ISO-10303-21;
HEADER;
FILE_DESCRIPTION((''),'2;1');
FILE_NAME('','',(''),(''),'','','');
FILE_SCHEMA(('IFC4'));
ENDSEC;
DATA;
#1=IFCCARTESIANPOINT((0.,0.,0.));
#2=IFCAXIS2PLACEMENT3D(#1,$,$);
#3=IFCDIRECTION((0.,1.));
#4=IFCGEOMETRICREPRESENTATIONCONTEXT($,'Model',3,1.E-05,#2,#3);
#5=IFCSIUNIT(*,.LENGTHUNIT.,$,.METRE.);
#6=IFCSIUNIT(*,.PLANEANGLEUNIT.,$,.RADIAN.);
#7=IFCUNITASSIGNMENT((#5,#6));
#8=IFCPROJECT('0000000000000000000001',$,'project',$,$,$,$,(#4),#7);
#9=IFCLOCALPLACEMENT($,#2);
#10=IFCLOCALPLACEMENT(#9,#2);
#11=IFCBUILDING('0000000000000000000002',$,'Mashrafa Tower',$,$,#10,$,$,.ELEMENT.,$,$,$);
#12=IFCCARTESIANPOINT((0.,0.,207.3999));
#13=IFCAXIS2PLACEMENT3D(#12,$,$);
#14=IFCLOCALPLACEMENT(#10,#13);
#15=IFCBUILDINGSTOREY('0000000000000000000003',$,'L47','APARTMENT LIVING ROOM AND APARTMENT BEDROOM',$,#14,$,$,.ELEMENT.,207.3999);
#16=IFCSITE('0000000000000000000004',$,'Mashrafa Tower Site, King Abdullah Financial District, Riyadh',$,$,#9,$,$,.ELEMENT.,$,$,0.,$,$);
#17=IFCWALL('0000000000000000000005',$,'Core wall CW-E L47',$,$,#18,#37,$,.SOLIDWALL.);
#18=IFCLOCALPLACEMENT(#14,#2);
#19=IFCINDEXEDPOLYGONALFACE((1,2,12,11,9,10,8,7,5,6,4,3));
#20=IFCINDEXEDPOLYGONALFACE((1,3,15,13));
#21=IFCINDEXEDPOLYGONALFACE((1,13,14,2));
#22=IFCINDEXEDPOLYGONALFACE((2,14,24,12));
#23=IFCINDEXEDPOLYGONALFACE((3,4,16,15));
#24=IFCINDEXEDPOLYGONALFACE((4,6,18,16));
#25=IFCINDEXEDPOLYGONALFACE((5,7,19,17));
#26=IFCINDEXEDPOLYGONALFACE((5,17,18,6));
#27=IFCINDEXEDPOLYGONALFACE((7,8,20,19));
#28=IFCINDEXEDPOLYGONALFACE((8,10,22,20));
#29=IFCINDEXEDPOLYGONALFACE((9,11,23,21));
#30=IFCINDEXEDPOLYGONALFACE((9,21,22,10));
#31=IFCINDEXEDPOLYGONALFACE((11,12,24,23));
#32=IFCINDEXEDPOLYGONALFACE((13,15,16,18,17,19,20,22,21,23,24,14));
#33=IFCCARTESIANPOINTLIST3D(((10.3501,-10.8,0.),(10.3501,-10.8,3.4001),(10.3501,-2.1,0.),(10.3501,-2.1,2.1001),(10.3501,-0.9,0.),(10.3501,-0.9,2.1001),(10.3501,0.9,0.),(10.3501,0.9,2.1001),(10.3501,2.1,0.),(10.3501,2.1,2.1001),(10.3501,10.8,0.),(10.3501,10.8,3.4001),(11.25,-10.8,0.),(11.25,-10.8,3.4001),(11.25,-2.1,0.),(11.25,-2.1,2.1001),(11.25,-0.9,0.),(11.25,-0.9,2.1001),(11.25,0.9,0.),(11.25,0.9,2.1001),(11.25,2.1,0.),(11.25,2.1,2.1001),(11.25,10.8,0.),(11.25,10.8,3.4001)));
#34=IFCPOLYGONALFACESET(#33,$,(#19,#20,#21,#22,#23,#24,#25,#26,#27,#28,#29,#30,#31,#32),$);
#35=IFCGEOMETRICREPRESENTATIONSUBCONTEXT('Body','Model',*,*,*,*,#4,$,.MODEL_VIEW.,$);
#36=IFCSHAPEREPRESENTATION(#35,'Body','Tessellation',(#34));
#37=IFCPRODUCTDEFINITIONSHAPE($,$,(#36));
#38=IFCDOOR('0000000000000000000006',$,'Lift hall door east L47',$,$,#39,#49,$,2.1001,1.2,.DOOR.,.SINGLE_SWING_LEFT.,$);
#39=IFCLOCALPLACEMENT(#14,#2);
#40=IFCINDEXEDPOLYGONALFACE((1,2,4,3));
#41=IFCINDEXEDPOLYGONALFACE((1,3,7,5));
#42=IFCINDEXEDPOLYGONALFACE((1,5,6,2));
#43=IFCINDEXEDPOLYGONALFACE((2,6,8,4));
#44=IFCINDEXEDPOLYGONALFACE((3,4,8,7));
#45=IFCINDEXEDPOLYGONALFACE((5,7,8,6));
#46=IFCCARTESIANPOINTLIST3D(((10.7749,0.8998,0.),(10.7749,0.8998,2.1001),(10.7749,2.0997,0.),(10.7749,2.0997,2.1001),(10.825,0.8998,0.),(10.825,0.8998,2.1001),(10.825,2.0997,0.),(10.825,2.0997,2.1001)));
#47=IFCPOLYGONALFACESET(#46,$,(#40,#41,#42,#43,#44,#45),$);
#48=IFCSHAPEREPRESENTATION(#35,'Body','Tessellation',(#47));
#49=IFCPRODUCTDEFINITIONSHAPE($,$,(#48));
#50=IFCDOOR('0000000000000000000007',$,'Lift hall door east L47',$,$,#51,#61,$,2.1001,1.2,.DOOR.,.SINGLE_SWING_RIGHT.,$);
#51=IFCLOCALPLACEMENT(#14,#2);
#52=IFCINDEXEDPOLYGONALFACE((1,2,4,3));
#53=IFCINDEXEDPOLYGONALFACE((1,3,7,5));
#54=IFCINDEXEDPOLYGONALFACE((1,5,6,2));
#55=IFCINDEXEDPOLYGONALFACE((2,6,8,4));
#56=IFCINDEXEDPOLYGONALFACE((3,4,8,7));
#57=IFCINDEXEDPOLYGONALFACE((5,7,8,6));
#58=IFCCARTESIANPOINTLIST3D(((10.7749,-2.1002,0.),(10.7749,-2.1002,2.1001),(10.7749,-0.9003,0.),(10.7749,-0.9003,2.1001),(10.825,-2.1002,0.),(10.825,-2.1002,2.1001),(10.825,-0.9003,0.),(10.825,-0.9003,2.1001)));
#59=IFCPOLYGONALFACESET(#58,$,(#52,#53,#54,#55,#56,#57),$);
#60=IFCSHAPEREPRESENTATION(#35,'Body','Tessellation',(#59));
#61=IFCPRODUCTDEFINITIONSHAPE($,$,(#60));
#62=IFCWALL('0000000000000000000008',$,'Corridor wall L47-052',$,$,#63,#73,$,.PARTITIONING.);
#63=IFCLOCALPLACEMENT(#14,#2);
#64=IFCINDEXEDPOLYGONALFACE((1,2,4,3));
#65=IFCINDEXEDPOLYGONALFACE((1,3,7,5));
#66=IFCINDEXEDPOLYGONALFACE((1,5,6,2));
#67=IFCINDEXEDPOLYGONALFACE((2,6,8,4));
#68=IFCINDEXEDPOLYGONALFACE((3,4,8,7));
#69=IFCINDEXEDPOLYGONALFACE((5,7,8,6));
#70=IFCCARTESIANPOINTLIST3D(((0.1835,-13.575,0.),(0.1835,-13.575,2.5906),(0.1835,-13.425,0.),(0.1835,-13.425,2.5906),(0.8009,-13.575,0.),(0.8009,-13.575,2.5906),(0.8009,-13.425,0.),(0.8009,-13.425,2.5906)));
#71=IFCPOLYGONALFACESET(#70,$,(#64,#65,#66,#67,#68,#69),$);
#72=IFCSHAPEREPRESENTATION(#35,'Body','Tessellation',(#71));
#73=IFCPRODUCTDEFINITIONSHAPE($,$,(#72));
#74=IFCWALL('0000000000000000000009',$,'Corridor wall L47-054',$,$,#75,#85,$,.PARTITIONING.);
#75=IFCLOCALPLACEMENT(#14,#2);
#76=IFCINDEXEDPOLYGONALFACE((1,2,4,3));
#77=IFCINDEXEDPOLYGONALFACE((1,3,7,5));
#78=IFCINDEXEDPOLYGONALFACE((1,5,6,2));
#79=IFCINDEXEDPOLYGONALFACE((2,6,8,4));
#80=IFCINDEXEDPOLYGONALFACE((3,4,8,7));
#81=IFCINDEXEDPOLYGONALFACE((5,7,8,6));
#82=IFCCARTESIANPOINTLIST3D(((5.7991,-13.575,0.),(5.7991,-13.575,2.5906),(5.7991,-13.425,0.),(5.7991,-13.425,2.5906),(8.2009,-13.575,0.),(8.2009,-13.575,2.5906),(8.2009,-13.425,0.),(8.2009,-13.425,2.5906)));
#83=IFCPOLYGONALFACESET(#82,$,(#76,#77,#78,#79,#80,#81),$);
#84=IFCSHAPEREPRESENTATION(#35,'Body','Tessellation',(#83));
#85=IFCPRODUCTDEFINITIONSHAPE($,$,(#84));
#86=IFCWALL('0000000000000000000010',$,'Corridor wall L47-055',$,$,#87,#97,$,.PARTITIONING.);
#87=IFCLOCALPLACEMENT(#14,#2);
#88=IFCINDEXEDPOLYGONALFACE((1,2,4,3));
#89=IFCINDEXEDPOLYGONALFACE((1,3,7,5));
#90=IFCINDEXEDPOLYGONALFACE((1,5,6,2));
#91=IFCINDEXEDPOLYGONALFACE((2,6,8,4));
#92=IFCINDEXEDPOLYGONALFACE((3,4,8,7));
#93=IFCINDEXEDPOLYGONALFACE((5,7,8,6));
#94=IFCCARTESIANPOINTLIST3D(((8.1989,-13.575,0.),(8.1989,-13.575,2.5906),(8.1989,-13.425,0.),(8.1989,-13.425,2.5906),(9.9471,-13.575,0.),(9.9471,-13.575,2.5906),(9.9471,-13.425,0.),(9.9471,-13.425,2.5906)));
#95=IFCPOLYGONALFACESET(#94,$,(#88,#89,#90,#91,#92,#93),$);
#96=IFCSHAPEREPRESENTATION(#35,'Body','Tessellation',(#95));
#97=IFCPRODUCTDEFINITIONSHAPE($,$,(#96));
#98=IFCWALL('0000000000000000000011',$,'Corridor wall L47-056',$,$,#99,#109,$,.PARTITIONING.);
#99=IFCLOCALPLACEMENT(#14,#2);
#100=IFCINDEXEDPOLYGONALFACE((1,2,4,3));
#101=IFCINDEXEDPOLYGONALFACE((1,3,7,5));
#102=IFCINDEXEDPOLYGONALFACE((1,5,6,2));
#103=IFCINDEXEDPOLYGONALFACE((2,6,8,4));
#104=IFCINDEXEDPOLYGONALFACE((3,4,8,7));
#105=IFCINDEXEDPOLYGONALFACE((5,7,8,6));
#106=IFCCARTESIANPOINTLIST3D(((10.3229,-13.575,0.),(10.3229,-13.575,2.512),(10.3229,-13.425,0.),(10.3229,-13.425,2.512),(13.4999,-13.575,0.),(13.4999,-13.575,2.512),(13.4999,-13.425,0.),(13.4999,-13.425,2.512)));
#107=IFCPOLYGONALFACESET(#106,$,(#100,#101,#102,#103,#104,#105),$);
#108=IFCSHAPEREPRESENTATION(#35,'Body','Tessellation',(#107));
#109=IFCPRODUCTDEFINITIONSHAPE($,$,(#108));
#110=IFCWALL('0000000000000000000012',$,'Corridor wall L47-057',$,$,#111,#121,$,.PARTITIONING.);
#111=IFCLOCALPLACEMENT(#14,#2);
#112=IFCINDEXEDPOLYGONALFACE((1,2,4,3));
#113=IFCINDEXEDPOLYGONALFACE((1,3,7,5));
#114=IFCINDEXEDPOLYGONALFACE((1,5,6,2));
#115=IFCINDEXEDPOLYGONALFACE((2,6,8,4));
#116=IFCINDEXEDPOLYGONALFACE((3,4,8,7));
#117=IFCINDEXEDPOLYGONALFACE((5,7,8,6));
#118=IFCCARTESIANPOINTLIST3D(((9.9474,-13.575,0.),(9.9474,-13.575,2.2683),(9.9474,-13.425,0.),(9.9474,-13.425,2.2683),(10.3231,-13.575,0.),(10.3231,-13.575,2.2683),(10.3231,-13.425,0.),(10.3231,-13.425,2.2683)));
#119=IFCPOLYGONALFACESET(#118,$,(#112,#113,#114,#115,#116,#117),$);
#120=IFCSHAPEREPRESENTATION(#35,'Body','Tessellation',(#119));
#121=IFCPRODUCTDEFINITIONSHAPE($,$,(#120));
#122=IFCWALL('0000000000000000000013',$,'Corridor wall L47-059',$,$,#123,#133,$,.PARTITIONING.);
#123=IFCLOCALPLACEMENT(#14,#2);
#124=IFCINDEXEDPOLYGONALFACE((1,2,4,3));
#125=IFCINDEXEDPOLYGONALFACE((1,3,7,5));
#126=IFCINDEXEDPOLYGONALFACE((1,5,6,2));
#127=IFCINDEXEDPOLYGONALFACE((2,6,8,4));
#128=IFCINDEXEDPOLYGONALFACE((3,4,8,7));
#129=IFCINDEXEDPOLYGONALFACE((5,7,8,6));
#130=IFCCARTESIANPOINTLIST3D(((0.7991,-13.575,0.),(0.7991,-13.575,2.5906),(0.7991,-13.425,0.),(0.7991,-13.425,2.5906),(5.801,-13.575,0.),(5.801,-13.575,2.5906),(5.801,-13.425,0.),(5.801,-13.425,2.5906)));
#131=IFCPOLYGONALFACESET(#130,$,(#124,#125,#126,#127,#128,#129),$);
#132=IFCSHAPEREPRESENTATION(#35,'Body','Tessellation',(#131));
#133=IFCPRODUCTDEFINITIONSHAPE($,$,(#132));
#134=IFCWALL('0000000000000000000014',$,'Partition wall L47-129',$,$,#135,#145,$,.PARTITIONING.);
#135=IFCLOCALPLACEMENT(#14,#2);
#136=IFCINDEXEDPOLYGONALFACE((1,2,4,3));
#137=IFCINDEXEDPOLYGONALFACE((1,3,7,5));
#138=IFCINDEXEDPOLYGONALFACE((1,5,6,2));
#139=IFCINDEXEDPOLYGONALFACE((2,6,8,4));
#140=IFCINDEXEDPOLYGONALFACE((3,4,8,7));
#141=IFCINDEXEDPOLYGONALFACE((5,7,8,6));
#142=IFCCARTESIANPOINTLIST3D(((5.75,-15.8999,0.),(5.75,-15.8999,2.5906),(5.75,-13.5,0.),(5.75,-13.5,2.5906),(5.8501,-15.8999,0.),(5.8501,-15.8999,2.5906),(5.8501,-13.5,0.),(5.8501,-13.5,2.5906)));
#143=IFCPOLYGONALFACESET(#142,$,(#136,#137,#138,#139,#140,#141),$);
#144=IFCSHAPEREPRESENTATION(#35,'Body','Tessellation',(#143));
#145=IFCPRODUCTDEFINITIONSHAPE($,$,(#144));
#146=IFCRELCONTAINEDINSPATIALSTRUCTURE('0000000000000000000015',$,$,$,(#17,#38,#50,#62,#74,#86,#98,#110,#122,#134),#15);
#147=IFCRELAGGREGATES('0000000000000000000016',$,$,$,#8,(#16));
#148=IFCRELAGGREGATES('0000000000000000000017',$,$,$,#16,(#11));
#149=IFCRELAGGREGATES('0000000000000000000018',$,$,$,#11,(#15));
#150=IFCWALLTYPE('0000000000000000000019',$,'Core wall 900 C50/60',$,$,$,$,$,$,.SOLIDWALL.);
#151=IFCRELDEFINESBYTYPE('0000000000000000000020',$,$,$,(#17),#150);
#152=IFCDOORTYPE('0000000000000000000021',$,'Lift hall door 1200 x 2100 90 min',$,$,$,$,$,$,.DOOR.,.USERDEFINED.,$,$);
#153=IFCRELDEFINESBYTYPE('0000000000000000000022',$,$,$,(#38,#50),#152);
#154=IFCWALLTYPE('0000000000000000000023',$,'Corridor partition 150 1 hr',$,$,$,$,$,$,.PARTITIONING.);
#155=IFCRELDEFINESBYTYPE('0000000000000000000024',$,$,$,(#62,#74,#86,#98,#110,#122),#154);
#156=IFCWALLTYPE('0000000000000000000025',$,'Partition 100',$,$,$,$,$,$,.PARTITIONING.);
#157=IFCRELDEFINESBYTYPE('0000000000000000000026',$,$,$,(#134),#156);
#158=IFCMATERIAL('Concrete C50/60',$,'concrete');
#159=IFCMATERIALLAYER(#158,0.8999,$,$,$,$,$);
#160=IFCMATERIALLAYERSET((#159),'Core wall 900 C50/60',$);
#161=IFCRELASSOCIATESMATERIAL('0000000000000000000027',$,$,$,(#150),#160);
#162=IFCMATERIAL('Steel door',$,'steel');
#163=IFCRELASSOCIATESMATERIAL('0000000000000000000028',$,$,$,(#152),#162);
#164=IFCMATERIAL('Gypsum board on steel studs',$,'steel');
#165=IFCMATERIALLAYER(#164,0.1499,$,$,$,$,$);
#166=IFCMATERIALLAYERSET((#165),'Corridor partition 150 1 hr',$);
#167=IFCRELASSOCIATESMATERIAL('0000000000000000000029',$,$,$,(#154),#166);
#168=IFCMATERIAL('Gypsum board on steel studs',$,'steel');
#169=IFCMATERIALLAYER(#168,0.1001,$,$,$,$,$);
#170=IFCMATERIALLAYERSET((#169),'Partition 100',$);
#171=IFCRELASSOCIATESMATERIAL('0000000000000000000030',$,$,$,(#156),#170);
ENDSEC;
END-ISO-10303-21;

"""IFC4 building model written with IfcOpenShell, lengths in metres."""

from ifc_helpers import new_model, si_unit, direction, frame, frame_2d, origin, place, context, subcontext, project, spatial, rectangle, extrude, material, layer, layer_set, type_object, element, fill, save


model = new_model("IFC4")

# Units and contexts
model_context = context("Model", 3, precision=1e-05, world=origin(), true_north=direction((0.0, 1.0)))
body_context = subcontext(model_context, "Body", "Model", "MODEL_VIEW")
ifc_project = project(units=[si_unit("LENGTHUNIT", "METRE"), si_unit("PLANEANGLEUNIT", "RADIAN")], contexts=[model_context])

# Site, building, storey
site_placement = place(None, origin())
site = spatial("IfcSite", under=ifc_project, at=site_placement, Name="Mashrafa Tower Site, King Abdullah Financial District, Riyadh", CompositionType="ELEMENT", RefElevation=0.0)
building_placement = place(site_placement, origin())
building = spatial("IfcBuilding", under=site, at=building_placement, Name="Mashrafa Tower", CompositionType="ELEMENT")
storey_placement = place(building_placement, frame((0.0, 0.0, 207.3999)))
storey = spatial("IfcBuildingStorey", under=building, at=storey_placement, Name="L47", Description="APARTMENT LIVING ROOM AND APARTMENT BEDROOM", CompositionType="ELEMENT", Elevation=207.3999)

# Wall, openings, doors
ifc_material_1 = material(Name="Concrete C50/60", Category="concrete")
ifc_layer_1 = layer(ifc_material_1, 0.8999)
ifc_layer_set_1 = layer_set([ifc_layer_1], Name="Core wall 900 C50/60")
wall_type_1 = type_object("IfcWallType", Name="Core wall 900 C50/60", PredefinedType="SOLIDWALL", material=ifc_layer_set_1)
wall_1_placement = place(storey_placement, frame((10.8, -10.8, 0.0), z_axis=(0.0, 0.0, 1.0), x_axis=(0.0, 1.0, 0.0)))
wall_1 = element("IfcWall", 1, at=wall_1_placement, inside=storey, type_object=wall_type_1, Name="Core wall CW-E L47", PredefinedType="SOLIDWALL", context=body_context, shape_type="SweptSolid", body=[
    extrude(rectangle(XDim=21.6001, YDim=0.8999, at=frame_2d((10.8, 0.0))), origin(), (0.0, 0.0, 1.0), 3.4001),
])
opening_1_placement = place(wall_1_placement, frame((11.7, 0.0, 0.0)))
opening_1 = element("IfcOpeningElement", 2, at=opening_1_placement, cuts=wall_1, PredefinedType="OPENING", context=body_context, shape_type="SweptSolid", body=[
    extrude(rectangle(XDim=1.2, YDim=2.1001, at=frame_2d((0.6001, 1.05))), frame((0.0, 0.46, 0.0), z_axis=(0.0, -1.0, 0.0), x_axis=(1.0, 0.0, 0.0)), (0.0, 0.0, 1.0), 0.9199),
])
opening_2_placement = place(wall_1_placement, frame((8.7, 0.0, 0.0)))
opening_2 = element("IfcOpeningElement", 3, at=opening_2_placement, cuts=wall_1, PredefinedType="OPENING", context=body_context, shape_type="SweptSolid", body=[
    extrude(rectangle(XDim=1.2, YDim=2.1001, at=frame_2d((0.6001, 1.05))), frame((0.0, 0.46, 0.0), z_axis=(0.0, -1.0, 0.0), x_axis=(1.0, 0.0, 0.0)), (0.0, 0.0, 1.0), 0.9199),
])
ifc_material_2 = material(Name="Steel door", Category="steel")
door_type_1 = type_object("IfcDoorType", Name="Lift hall door 1200 x 2100 90 min", OperationType="USERDEFINED", PredefinedType="DOOR", material=ifc_material_2)
door_1_placement = place(opening_1_placement, frame((1.2, 0.0, 0.0), z_axis=(0.0, 0.0, 1.0), x_axis=(-1.0, 0.0, 0.0)))
door_1 = element("IfcDoor", 4, at=door_1_placement, inside=storey, type_object=door_type_1, Name="Lift hall door east L47", OperationType="SINGLE_SWING_LEFT", OverallHeight=2.1001, OverallWidth=1.2, PredefinedType="DOOR", context=body_context, shape_type="SweptSolid", body=[
    extrude(rectangle(XDim=1.2, YDim=2.1001, at=frame_2d((0.6001, 1.05))), frame((0.0, 0.0249, 0.0), z_axis=(0.0, -1.0, 0.0), x_axis=(1.0, 0.0, 0.0)), (0.0, 0.0, 1.0), 0.05),
])
fill(opening_1, door_1)
door_2_placement = place(opening_2_placement, frame((1.2, 0.0, 0.0), z_axis=(0.0, 0.0, 1.0), x_axis=(-1.0, 0.0, 0.0)))
door_2 = element("IfcDoor", 5, at=door_2_placement, inside=storey, type_object=door_type_1, Name="Lift hall door east L47", OperationType="SINGLE_SWING_RIGHT", OverallHeight=2.1001, OverallWidth=1.2, PredefinedType="DOOR", context=body_context, shape_type="SweptSolid", body=[
    extrude(rectangle(XDim=1.2, YDim=2.1001, at=frame_2d((0.6001, 1.05))), frame((0.0, 0.0249, 0.0), z_axis=(0.0, -1.0, 0.0), x_axis=(1.0, 0.0, 0.0)), (0.0, 0.0, 1.0), 0.05),
])
fill(opening_2, door_2)

# Walls
ifc_material_3 = material(Name="Gypsum board on steel studs", Category="steel")
ifc_layer_2 = layer(ifc_material_3, 0.1499)
ifc_layer_set_2 = layer_set([ifc_layer_2], Name="Corridor partition 150 1 hr")
wall_type_2 = type_object("IfcWallType", Name="Corridor partition 150 1 hr", PredefinedType="PARTITIONING", material=ifc_layer_set_2)
wall_2_placement = place(storey_placement, frame((0.1836, -13.5, 0.0), z_axis=(0.0, 0.0, 1.0), x_axis=(1.0, 0.0, 0.0)))
element("IfcWall", 6, at=wall_2_placement, inside=storey, type_object=wall_type_2, Name="Corridor wall L47-052", PredefinedType="PARTITIONING", context=body_context, shape_type="SweptSolid", body=[
    extrude(rectangle(XDim=0.6174, YDim=0.1499, at=frame_2d((0.3086, 0.0))), origin(), (0.0, 0.0, 1.0), 2.5906),
])
wall_3_placement = place(storey_placement, frame((5.7991, -13.5, 0.0), z_axis=(0.0, 0.0, 1.0), x_axis=(1.0, 0.0, 0.0)))
element("IfcWall", 7, at=wall_3_placement, inside=storey, type_object=wall_type_2, Name="Corridor wall L47-054", PredefinedType="PARTITIONING", context=body_context, shape_type="SweptSolid", body=[
    extrude(rectangle(XDim=2.4019, YDim=0.1499, at=frame_2d((1.2009, 0.0))), origin(), (0.0, 0.0, 1.0), 2.5906),
])
wall_4_placement = place(storey_placement, frame((8.199, -13.5, 0.0), z_axis=(0.0, 0.0, 1.0), x_axis=(1.0, 0.0, 0.0)))
element("IfcWall", 8, at=wall_4_placement, inside=storey, type_object=wall_type_2, Name="Corridor wall L47-055", PredefinedType="PARTITIONING", context=body_context, shape_type="SweptSolid", body=[
    extrude(rectangle(XDim=1.7483, YDim=0.1499, at=frame_2d((0.874, 0.0))), origin(), (0.0, 0.0, 1.0), 2.5906),
])
wall_5_placement = place(storey_placement, frame((10.323, -13.5, 0.0), z_axis=(0.0, 0.0, 1.0), x_axis=(1.0, 0.0, 0.0)))
element("IfcWall", 9, at=wall_5_placement, inside=storey, type_object=wall_type_2, Name="Corridor wall L47-056", PredefinedType="PARTITIONING", context=body_context, shape_type="SweptSolid", body=[
    extrude(rectangle(XDim=3.177, YDim=0.1499, at=frame_2d((1.5884, 0.0))), origin(), (0.0, 0.0, 1.0), 2.512),
])
wall_6_placement = place(storey_placement, frame((9.9473, -13.5, 0.0), z_axis=(0.0, 0.0, 1.0), x_axis=(1.0, 0.0, 0.0)))
element("IfcWall", 10, at=wall_6_placement, inside=storey, type_object=wall_type_2, Name="Corridor wall L47-057", PredefinedType="PARTITIONING", context=body_context, shape_type="SweptSolid", body=[
    extrude(rectangle(XDim=0.3757, YDim=0.1499, at=frame_2d((0.188, 0.0))), origin(), (0.0, 0.0, 1.0), 2.2683),
])
wall_7_placement = place(storey_placement, frame((0.7991, -13.5, 0.0), z_axis=(0.0, 0.0, 1.0), x_axis=(1.0, 0.0, 0.0)))
element("IfcWall", 11, at=wall_7_placement, inside=storey, type_object=wall_type_2, Name="Corridor wall L47-059", PredefinedType="PARTITIONING", context=body_context, shape_type="SweptSolid", body=[
    extrude(rectangle(XDim=5.002, YDim=0.1499, at=frame_2d((2.501, 0.0))), origin(), (0.0, 0.0, 1.0), 2.5906),
])
ifc_material_4 = material(Name="Gypsum board on steel studs", Category="steel")
ifc_layer_3 = layer(ifc_material_4, 0.1001)
ifc_layer_set_3 = layer_set([ifc_layer_3], Name="Partition 100")
wall_type_3 = type_object("IfcWallType", Name="Partition 100", PredefinedType="PARTITIONING", material=ifc_layer_set_3)
wall_8_placement = place(storey_placement, frame((5.8, -13.5, 0.0), z_axis=(0.0, 0.0, 1.0), x_axis=(0.0, -1.0, 0.0)))
element("IfcWall", 12, at=wall_8_placement, inside=storey, type_object=wall_type_3, Name="Partition wall L47-129", PredefinedType="PARTITIONING", context=body_context, shape_type="SweptSolid", body=[
    extrude(rectangle(XDim=2.3999, YDim=0.1001, at=frame_2d((1.2, 0.0))), origin(), (0.0, 0.0, 1.0), 2.5906),
])

save(model, "model.ifc")
